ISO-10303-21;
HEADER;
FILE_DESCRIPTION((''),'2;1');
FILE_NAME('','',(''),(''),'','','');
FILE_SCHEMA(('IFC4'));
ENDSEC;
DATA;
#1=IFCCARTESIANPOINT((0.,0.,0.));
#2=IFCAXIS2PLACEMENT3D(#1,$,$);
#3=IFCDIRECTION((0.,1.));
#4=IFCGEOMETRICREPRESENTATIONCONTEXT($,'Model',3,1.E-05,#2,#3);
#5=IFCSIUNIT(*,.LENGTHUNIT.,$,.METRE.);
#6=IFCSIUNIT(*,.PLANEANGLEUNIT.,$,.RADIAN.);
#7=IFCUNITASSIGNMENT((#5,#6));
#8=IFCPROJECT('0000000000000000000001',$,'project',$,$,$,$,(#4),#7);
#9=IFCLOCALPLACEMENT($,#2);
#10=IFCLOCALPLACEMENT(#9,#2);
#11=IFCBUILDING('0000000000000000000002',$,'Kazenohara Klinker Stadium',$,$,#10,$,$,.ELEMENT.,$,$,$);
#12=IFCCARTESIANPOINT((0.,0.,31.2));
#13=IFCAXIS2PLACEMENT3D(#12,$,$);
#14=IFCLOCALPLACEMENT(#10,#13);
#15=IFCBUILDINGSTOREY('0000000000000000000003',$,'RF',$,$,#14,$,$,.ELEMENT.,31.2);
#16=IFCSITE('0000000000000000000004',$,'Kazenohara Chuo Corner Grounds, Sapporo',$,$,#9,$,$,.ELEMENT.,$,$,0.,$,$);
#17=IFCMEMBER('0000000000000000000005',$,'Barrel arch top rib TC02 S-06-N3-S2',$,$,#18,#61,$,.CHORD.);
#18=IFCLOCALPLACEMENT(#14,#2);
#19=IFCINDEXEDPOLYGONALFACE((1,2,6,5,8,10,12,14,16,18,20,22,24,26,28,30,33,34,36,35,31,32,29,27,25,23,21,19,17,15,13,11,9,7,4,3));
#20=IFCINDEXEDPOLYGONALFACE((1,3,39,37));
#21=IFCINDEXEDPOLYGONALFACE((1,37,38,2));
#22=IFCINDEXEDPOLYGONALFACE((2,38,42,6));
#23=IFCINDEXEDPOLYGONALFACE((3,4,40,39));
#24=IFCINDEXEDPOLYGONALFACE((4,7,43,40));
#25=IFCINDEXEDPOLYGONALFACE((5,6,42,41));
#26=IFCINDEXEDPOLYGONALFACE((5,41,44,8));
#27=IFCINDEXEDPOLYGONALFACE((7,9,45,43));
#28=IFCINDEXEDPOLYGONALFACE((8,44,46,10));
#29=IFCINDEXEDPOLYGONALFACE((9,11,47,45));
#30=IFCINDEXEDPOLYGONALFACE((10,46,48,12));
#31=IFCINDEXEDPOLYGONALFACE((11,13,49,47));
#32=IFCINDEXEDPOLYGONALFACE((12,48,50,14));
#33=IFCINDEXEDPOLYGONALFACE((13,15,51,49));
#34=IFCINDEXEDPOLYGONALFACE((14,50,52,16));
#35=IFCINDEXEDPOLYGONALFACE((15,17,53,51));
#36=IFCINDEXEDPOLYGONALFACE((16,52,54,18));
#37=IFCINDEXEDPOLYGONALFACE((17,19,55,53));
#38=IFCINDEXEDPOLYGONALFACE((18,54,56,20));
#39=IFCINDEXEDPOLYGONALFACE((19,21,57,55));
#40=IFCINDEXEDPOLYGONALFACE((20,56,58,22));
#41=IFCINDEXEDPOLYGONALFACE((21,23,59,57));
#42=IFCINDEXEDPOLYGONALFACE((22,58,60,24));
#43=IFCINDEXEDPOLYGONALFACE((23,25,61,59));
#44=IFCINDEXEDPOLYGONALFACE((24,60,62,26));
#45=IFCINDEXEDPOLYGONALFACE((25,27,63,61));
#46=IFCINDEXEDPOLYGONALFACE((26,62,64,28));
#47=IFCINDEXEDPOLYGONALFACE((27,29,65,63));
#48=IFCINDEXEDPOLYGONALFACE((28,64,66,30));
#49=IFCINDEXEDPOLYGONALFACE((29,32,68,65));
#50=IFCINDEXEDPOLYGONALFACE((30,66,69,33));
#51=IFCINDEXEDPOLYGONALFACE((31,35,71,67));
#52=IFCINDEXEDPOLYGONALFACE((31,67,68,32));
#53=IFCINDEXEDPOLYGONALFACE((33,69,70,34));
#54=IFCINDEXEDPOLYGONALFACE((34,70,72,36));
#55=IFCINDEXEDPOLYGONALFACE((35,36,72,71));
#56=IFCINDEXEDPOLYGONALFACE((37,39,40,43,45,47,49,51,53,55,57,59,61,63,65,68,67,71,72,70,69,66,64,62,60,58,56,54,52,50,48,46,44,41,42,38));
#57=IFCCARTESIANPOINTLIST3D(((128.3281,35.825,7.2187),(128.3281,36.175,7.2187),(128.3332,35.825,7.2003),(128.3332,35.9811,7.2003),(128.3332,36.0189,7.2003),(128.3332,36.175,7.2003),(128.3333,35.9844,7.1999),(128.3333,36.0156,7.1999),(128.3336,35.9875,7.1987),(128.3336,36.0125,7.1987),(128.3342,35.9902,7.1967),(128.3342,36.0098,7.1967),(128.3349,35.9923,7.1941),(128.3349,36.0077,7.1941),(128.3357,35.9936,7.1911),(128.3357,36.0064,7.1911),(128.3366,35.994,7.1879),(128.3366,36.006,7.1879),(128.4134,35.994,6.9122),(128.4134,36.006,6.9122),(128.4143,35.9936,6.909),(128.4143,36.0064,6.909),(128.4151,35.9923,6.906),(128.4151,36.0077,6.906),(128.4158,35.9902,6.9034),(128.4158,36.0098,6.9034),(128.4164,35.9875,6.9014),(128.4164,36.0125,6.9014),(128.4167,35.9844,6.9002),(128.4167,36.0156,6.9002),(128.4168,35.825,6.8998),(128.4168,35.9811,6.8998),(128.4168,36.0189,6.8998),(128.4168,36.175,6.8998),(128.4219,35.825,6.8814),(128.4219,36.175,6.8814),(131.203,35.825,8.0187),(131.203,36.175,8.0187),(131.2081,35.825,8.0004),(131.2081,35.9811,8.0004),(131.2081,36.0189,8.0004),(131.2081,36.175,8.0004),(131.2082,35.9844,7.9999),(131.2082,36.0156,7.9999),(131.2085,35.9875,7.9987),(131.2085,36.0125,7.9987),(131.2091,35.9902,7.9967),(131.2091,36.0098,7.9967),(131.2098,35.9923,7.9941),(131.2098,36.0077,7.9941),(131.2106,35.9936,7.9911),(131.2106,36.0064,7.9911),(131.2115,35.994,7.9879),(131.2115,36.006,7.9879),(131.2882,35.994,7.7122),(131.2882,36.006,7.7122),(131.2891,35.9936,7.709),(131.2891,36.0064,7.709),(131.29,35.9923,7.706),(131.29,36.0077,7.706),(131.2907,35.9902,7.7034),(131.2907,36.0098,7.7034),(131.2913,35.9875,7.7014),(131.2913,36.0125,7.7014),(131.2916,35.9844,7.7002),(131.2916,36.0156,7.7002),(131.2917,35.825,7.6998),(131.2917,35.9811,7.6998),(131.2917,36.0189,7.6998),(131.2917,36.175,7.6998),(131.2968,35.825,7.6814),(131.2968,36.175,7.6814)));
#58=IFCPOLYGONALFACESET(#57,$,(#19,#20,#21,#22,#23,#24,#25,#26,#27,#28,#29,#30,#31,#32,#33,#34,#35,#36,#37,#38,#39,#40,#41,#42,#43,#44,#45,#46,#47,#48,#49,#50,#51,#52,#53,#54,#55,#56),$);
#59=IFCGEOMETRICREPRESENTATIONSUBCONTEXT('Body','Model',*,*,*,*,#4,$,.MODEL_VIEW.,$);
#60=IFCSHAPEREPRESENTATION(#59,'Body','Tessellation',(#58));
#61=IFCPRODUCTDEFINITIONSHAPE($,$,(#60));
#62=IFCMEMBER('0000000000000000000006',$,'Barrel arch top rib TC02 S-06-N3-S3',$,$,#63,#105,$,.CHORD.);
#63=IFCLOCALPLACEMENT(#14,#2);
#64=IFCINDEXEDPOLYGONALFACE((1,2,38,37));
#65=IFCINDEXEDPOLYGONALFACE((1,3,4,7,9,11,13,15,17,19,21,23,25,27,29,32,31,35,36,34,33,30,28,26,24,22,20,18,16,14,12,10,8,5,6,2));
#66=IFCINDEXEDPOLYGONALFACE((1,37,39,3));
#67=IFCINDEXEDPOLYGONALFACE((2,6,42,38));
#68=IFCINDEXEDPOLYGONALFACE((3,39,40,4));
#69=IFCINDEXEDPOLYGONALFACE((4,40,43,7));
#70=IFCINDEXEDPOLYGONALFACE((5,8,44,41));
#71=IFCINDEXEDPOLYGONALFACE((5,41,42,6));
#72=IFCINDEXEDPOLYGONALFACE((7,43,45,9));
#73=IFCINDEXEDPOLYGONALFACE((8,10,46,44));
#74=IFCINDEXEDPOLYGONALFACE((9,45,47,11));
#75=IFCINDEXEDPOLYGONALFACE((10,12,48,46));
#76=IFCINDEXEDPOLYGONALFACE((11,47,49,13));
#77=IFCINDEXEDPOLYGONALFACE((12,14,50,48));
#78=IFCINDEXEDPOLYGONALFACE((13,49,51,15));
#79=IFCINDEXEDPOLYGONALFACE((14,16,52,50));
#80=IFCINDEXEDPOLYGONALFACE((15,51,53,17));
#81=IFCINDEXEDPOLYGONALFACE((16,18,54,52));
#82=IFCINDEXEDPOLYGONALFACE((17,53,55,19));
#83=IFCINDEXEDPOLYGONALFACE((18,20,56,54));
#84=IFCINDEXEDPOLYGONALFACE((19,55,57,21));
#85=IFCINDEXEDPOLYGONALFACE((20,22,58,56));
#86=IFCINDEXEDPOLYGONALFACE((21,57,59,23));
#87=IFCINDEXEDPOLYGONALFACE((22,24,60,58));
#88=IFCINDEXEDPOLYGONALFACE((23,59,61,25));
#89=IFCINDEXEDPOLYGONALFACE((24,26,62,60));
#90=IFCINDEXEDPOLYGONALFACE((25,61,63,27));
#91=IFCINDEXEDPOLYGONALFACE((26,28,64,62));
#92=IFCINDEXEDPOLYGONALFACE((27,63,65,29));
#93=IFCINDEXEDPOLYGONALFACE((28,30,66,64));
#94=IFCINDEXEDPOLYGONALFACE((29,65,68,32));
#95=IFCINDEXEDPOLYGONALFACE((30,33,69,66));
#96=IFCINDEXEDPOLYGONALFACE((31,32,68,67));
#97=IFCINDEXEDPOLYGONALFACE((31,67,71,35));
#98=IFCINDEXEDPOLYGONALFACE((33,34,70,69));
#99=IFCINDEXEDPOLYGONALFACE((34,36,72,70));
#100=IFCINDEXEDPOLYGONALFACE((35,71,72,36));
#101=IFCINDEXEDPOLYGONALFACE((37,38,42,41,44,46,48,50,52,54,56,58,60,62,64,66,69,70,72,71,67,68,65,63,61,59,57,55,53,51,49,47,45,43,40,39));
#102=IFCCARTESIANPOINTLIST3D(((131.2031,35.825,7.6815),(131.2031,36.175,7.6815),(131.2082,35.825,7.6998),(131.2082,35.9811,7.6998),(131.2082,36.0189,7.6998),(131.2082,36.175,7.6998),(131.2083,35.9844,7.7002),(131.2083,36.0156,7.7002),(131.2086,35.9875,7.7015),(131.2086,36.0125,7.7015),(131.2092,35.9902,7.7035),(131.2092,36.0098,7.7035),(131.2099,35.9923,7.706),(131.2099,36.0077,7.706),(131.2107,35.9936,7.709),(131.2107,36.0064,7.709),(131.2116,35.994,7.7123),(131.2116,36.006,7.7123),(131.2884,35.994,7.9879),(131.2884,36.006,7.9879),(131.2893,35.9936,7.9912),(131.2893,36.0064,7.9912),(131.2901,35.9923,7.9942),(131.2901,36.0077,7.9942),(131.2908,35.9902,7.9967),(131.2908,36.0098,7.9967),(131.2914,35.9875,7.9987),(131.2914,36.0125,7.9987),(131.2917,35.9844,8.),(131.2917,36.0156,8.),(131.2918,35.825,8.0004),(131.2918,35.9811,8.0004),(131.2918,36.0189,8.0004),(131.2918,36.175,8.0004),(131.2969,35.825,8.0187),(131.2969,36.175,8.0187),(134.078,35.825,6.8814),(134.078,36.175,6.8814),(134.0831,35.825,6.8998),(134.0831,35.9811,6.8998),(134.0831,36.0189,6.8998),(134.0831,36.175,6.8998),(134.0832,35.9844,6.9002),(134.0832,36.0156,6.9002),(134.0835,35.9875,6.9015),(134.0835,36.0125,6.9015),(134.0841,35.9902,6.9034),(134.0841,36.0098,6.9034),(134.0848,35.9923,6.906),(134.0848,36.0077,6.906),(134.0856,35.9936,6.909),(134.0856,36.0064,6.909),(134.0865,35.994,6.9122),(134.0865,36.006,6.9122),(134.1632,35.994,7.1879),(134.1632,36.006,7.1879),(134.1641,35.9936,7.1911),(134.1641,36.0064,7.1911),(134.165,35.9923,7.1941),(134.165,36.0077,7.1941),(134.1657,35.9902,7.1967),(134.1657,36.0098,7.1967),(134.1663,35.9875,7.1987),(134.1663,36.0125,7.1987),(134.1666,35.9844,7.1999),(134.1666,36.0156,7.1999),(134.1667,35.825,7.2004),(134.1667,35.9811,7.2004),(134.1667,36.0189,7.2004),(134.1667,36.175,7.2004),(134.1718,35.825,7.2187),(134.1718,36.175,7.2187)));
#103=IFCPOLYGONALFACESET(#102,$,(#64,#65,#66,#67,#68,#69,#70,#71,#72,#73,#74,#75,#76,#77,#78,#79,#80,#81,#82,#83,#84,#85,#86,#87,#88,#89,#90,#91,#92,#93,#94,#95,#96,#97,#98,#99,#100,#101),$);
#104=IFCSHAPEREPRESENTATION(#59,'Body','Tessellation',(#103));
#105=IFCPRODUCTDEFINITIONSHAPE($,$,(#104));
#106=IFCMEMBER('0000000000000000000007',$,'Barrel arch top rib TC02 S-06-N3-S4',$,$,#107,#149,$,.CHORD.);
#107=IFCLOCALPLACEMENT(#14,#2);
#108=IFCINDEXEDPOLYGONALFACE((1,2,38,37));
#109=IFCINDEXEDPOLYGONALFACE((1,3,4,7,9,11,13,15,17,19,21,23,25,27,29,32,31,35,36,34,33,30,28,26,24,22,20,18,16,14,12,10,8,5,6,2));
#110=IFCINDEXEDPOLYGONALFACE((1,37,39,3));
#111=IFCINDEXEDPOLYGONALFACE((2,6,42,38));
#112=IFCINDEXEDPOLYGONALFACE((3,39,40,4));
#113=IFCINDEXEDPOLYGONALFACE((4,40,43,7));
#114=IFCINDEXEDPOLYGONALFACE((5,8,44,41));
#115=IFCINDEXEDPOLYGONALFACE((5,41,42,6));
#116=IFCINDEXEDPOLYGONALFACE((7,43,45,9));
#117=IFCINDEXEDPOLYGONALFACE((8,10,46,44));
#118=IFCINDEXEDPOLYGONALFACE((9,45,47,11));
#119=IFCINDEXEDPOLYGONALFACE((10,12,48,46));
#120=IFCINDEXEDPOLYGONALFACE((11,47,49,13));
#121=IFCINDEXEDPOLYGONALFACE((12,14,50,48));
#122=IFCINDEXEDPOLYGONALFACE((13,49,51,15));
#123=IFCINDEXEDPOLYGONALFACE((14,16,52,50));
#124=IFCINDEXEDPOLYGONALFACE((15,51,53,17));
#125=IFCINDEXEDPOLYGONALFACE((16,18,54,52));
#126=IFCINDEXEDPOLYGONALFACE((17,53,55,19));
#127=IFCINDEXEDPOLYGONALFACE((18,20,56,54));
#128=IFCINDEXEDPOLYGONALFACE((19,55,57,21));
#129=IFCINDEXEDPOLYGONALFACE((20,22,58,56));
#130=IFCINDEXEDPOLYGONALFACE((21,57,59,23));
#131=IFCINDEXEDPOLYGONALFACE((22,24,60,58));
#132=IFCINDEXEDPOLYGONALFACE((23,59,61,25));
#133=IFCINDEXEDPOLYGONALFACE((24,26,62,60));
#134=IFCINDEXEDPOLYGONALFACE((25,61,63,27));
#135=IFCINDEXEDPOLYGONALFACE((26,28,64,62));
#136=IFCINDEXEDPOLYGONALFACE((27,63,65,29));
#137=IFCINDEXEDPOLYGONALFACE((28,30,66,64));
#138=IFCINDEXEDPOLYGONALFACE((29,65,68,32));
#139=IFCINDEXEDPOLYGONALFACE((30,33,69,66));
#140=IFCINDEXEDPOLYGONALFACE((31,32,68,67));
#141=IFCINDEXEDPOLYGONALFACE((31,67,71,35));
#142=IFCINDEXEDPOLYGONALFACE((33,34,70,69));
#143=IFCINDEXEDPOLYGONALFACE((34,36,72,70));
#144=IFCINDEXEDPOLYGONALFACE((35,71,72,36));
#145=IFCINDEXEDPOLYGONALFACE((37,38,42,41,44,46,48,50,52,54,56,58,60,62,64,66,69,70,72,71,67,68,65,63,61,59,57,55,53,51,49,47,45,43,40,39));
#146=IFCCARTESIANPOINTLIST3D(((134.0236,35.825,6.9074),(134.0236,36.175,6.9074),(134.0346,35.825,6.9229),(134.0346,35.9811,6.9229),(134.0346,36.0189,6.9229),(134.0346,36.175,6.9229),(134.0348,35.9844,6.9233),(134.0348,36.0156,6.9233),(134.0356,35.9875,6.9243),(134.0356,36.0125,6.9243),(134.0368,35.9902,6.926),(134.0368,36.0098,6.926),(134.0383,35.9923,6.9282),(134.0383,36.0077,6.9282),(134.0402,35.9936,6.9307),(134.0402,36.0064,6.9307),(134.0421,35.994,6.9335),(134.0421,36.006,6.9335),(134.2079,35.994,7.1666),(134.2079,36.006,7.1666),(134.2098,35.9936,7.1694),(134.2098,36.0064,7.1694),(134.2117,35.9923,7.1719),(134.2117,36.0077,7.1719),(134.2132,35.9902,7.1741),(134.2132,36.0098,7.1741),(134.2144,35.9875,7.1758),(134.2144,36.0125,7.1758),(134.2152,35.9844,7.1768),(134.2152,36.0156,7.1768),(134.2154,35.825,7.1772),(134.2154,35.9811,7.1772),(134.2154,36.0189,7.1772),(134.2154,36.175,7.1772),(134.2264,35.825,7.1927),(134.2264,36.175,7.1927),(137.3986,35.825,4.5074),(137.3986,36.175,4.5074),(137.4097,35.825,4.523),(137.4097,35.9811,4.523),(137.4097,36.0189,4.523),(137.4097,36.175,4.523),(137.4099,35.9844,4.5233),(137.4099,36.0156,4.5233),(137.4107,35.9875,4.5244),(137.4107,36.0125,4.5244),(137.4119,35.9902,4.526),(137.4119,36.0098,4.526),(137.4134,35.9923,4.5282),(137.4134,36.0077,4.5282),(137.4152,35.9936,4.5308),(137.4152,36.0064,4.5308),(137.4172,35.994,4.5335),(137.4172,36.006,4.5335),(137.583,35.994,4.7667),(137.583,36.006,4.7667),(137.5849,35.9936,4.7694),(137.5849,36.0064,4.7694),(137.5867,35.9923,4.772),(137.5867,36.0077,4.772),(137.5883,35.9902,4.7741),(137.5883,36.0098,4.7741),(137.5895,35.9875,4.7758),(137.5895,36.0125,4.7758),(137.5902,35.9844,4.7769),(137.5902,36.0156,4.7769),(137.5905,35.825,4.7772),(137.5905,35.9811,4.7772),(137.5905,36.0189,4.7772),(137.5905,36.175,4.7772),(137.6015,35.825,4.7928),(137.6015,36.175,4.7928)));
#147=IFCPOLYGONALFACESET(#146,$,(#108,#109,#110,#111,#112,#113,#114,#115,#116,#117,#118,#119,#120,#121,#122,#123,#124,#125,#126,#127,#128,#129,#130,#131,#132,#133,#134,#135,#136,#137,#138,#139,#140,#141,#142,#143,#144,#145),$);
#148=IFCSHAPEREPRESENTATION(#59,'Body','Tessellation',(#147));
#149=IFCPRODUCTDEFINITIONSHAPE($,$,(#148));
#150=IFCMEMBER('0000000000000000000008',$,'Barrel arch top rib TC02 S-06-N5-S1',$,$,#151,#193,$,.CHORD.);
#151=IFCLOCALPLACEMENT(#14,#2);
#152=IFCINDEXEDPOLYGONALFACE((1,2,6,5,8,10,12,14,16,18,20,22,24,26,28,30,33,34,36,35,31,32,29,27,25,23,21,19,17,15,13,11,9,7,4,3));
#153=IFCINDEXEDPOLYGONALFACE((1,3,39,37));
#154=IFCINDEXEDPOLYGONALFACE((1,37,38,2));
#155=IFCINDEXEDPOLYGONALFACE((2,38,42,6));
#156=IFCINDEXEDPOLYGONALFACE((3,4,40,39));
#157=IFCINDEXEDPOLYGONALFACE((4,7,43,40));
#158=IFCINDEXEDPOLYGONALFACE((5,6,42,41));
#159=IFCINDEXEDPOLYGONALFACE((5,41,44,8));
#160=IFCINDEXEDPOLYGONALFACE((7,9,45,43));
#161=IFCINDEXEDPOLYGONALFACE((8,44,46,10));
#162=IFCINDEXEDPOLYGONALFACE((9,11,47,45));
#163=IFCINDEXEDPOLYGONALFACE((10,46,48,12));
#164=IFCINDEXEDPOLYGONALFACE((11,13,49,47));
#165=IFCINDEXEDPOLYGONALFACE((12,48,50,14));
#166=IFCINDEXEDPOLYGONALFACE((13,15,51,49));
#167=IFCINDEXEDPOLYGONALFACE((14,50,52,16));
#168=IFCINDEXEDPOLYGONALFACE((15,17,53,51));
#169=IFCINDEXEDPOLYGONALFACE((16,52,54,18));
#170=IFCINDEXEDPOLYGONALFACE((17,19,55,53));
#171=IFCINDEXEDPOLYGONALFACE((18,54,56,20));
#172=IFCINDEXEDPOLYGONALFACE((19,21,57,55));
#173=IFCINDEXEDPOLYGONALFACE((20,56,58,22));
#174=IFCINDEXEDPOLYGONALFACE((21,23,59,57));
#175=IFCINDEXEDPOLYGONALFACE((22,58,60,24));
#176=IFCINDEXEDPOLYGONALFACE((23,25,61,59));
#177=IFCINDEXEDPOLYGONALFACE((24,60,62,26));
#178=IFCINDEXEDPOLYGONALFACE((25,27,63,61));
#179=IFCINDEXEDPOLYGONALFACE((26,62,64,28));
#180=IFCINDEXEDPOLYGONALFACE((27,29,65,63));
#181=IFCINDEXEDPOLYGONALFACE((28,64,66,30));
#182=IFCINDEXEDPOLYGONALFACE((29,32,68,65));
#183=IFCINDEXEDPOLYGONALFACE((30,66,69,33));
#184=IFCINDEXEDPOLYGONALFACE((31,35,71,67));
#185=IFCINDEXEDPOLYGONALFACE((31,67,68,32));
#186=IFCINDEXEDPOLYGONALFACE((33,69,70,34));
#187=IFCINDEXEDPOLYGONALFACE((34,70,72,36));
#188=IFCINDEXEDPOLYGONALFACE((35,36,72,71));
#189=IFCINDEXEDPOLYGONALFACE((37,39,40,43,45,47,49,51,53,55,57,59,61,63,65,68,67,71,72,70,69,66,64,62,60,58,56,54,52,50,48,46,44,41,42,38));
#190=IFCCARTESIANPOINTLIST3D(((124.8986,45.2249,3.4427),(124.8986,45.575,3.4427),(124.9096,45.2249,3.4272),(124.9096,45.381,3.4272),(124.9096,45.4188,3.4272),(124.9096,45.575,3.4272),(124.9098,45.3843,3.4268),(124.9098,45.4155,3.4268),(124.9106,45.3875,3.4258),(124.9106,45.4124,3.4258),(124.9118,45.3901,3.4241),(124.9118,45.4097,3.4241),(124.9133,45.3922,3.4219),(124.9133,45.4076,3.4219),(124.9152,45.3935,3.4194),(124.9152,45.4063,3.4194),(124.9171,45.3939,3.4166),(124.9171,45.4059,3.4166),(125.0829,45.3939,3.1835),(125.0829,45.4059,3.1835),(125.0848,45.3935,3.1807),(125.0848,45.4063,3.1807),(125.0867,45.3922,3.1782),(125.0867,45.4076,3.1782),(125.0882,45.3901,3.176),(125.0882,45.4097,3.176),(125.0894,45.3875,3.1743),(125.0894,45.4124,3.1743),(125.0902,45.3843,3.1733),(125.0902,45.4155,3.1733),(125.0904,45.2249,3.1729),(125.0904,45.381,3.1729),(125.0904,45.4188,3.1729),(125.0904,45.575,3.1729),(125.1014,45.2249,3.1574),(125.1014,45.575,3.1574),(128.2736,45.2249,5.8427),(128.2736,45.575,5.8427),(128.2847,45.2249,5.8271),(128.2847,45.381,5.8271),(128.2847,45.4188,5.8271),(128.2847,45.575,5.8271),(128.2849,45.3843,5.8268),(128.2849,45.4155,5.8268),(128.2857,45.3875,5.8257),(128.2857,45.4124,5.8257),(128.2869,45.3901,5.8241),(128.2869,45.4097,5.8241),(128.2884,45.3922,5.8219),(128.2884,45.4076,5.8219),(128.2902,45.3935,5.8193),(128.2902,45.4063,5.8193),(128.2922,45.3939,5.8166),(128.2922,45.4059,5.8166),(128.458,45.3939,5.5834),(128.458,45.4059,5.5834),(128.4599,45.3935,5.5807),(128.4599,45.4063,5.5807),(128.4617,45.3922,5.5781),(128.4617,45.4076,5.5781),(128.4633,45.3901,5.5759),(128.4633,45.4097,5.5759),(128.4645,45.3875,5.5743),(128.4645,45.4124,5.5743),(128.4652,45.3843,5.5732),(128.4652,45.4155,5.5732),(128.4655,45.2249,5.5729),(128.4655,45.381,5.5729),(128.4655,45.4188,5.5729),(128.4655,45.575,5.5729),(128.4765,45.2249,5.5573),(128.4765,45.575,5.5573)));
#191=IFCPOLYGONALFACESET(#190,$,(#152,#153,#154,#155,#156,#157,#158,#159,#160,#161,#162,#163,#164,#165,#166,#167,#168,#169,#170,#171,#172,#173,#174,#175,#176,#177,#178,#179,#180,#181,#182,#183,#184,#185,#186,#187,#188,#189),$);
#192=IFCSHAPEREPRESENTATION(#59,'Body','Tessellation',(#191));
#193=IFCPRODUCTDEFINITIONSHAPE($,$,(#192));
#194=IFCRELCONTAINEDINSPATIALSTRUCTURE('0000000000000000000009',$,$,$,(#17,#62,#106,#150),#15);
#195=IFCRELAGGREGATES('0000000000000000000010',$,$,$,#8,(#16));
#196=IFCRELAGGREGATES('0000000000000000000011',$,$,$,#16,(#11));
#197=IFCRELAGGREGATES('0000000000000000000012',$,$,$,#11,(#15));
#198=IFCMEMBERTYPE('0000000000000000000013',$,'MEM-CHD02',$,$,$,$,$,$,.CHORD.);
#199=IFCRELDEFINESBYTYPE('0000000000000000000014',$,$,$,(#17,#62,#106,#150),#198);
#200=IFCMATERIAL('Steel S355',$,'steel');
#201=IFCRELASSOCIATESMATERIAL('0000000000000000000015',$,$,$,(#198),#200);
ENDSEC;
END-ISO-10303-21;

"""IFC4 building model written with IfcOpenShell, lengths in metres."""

from ifc_helpers import new_model, si_unit, direction, frame, origin, origin_2d, place, context, subcontext, project, spatial, i_section, extrude, material, material_profile, profile_set, type_object, element, save


model = new_model("IFC4")

# Units and contexts
model_context = context("Model", 3, precision=1e-05, world=origin(), true_north=direction((0.0, 1.0)))
body_context = subcontext(model_context, "Body", "Model", "MODEL_VIEW")
ifc_project = project(units=[si_unit("LENGTHUNIT", "METRE"), si_unit("PLANEANGLEUNIT", "RADIAN")], contexts=[model_context])

# Site, building, storey
site_placement = place(None, origin())
site = spatial("IfcSite", under=ifc_project, at=site_placement, Name="Kazenohara Chuo Corner Grounds, Sapporo", CompositionType="ELEMENT", RefElevation=0.0)
building_placement = place(site_placement, origin())
building = spatial("IfcBuilding", under=site, at=building_placement, Name="Kazenohara Klinker Stadium", CompositionType="ELEMENT")
storey_placement = place(building_placement, frame((0.0, 0.0, 31.2)))
storey = spatial("IfcBuildingStorey", under=building, at=storey_placement, Name="RF", CompositionType="ELEMENT", Elevation=31.2)

# Members
ifc_material_1 = material(Name="Steel S355", Category="steel")
ifc_material_profile_1 = material_profile(ifc_material_1, i_section(OverallWidth=0.3501, OverallDepth=0.3501, WebThickness=0.012, FlangeThickness=0.019, FilletRadius=0.0129, at=origin_2d()), Name="H-350x350x12x19")
ifc_profile_set_1 = profile_set([ifc_material_profile_1], Name="Steel S355")
member_type_1 = type_object("IfcMemberType", Name="MEM-CHD02", PredefinedType="CHORD", material=ifc_profile_set_1)
for number, where, z_axis, x_axis, name in (
    (1, (128.375, 36.0, 7.05), (0.963394, 0.0, 0.268091), (0.0, 1.0, 0.0), "Barrel arch top rib TC02 S-06-N3-S2"),
    (2, (131.25, 36.0, 7.8501), (0.963394, 0.0, -0.268091), (0.0, 1.0, 0.0), "Barrel arch top rib TC02 S-06-N3-S3"),
):
    element("IfcMember", number, at=place(storey_placement, frame(where, z_axis=z_axis, x_axis=x_axis)), inside=storey, type_object=member_type_1, Name=name, PredefinedType="CHORD", context=body_context, shape_type="SweptSolid", body=[
        extrude(i_section(OverallWidth=0.3501, OverallDepth=0.3501, WebThickness=0.012, FlangeThickness=0.019, FilletRadius=0.0129, at=origin_2d()), origin(), (0.0, 0.0, 1.0), 2.9841),
    ])
for number, where, z_axis, x_axis, name in (
    (3, (134.125, 36.0, 7.05), (0.814966, 0.0, -0.579508), (0.0, 1.0, 0.0), "Barrel arch top rib TC02 S-06-N3-S4"),
    (4, (125.0, 45.3999, 3.3), (0.814966, 0.0, 0.579508), (0.0, 1.0, 0.0), "Barrel arch top rib TC02 S-06-N5-S1"),
):
    element("IfcMember", number, at=place(storey_placement, frame(where, z_axis=z_axis, x_axis=x_axis)), inside=storey, type_object=member_type_1, Name=name, PredefinedType="CHORD", context=body_context, shape_type="SweptSolid", body=[
        extrude(i_section(OverallWidth=0.3501, OverallDepth=0.3501, WebThickness=0.012, FlangeThickness=0.019, FilletRadius=0.0129, at=origin_2d()), origin(), (0.0, 0.0, 1.0), 4.1414),
    ])

save(model, "model.ifc")
